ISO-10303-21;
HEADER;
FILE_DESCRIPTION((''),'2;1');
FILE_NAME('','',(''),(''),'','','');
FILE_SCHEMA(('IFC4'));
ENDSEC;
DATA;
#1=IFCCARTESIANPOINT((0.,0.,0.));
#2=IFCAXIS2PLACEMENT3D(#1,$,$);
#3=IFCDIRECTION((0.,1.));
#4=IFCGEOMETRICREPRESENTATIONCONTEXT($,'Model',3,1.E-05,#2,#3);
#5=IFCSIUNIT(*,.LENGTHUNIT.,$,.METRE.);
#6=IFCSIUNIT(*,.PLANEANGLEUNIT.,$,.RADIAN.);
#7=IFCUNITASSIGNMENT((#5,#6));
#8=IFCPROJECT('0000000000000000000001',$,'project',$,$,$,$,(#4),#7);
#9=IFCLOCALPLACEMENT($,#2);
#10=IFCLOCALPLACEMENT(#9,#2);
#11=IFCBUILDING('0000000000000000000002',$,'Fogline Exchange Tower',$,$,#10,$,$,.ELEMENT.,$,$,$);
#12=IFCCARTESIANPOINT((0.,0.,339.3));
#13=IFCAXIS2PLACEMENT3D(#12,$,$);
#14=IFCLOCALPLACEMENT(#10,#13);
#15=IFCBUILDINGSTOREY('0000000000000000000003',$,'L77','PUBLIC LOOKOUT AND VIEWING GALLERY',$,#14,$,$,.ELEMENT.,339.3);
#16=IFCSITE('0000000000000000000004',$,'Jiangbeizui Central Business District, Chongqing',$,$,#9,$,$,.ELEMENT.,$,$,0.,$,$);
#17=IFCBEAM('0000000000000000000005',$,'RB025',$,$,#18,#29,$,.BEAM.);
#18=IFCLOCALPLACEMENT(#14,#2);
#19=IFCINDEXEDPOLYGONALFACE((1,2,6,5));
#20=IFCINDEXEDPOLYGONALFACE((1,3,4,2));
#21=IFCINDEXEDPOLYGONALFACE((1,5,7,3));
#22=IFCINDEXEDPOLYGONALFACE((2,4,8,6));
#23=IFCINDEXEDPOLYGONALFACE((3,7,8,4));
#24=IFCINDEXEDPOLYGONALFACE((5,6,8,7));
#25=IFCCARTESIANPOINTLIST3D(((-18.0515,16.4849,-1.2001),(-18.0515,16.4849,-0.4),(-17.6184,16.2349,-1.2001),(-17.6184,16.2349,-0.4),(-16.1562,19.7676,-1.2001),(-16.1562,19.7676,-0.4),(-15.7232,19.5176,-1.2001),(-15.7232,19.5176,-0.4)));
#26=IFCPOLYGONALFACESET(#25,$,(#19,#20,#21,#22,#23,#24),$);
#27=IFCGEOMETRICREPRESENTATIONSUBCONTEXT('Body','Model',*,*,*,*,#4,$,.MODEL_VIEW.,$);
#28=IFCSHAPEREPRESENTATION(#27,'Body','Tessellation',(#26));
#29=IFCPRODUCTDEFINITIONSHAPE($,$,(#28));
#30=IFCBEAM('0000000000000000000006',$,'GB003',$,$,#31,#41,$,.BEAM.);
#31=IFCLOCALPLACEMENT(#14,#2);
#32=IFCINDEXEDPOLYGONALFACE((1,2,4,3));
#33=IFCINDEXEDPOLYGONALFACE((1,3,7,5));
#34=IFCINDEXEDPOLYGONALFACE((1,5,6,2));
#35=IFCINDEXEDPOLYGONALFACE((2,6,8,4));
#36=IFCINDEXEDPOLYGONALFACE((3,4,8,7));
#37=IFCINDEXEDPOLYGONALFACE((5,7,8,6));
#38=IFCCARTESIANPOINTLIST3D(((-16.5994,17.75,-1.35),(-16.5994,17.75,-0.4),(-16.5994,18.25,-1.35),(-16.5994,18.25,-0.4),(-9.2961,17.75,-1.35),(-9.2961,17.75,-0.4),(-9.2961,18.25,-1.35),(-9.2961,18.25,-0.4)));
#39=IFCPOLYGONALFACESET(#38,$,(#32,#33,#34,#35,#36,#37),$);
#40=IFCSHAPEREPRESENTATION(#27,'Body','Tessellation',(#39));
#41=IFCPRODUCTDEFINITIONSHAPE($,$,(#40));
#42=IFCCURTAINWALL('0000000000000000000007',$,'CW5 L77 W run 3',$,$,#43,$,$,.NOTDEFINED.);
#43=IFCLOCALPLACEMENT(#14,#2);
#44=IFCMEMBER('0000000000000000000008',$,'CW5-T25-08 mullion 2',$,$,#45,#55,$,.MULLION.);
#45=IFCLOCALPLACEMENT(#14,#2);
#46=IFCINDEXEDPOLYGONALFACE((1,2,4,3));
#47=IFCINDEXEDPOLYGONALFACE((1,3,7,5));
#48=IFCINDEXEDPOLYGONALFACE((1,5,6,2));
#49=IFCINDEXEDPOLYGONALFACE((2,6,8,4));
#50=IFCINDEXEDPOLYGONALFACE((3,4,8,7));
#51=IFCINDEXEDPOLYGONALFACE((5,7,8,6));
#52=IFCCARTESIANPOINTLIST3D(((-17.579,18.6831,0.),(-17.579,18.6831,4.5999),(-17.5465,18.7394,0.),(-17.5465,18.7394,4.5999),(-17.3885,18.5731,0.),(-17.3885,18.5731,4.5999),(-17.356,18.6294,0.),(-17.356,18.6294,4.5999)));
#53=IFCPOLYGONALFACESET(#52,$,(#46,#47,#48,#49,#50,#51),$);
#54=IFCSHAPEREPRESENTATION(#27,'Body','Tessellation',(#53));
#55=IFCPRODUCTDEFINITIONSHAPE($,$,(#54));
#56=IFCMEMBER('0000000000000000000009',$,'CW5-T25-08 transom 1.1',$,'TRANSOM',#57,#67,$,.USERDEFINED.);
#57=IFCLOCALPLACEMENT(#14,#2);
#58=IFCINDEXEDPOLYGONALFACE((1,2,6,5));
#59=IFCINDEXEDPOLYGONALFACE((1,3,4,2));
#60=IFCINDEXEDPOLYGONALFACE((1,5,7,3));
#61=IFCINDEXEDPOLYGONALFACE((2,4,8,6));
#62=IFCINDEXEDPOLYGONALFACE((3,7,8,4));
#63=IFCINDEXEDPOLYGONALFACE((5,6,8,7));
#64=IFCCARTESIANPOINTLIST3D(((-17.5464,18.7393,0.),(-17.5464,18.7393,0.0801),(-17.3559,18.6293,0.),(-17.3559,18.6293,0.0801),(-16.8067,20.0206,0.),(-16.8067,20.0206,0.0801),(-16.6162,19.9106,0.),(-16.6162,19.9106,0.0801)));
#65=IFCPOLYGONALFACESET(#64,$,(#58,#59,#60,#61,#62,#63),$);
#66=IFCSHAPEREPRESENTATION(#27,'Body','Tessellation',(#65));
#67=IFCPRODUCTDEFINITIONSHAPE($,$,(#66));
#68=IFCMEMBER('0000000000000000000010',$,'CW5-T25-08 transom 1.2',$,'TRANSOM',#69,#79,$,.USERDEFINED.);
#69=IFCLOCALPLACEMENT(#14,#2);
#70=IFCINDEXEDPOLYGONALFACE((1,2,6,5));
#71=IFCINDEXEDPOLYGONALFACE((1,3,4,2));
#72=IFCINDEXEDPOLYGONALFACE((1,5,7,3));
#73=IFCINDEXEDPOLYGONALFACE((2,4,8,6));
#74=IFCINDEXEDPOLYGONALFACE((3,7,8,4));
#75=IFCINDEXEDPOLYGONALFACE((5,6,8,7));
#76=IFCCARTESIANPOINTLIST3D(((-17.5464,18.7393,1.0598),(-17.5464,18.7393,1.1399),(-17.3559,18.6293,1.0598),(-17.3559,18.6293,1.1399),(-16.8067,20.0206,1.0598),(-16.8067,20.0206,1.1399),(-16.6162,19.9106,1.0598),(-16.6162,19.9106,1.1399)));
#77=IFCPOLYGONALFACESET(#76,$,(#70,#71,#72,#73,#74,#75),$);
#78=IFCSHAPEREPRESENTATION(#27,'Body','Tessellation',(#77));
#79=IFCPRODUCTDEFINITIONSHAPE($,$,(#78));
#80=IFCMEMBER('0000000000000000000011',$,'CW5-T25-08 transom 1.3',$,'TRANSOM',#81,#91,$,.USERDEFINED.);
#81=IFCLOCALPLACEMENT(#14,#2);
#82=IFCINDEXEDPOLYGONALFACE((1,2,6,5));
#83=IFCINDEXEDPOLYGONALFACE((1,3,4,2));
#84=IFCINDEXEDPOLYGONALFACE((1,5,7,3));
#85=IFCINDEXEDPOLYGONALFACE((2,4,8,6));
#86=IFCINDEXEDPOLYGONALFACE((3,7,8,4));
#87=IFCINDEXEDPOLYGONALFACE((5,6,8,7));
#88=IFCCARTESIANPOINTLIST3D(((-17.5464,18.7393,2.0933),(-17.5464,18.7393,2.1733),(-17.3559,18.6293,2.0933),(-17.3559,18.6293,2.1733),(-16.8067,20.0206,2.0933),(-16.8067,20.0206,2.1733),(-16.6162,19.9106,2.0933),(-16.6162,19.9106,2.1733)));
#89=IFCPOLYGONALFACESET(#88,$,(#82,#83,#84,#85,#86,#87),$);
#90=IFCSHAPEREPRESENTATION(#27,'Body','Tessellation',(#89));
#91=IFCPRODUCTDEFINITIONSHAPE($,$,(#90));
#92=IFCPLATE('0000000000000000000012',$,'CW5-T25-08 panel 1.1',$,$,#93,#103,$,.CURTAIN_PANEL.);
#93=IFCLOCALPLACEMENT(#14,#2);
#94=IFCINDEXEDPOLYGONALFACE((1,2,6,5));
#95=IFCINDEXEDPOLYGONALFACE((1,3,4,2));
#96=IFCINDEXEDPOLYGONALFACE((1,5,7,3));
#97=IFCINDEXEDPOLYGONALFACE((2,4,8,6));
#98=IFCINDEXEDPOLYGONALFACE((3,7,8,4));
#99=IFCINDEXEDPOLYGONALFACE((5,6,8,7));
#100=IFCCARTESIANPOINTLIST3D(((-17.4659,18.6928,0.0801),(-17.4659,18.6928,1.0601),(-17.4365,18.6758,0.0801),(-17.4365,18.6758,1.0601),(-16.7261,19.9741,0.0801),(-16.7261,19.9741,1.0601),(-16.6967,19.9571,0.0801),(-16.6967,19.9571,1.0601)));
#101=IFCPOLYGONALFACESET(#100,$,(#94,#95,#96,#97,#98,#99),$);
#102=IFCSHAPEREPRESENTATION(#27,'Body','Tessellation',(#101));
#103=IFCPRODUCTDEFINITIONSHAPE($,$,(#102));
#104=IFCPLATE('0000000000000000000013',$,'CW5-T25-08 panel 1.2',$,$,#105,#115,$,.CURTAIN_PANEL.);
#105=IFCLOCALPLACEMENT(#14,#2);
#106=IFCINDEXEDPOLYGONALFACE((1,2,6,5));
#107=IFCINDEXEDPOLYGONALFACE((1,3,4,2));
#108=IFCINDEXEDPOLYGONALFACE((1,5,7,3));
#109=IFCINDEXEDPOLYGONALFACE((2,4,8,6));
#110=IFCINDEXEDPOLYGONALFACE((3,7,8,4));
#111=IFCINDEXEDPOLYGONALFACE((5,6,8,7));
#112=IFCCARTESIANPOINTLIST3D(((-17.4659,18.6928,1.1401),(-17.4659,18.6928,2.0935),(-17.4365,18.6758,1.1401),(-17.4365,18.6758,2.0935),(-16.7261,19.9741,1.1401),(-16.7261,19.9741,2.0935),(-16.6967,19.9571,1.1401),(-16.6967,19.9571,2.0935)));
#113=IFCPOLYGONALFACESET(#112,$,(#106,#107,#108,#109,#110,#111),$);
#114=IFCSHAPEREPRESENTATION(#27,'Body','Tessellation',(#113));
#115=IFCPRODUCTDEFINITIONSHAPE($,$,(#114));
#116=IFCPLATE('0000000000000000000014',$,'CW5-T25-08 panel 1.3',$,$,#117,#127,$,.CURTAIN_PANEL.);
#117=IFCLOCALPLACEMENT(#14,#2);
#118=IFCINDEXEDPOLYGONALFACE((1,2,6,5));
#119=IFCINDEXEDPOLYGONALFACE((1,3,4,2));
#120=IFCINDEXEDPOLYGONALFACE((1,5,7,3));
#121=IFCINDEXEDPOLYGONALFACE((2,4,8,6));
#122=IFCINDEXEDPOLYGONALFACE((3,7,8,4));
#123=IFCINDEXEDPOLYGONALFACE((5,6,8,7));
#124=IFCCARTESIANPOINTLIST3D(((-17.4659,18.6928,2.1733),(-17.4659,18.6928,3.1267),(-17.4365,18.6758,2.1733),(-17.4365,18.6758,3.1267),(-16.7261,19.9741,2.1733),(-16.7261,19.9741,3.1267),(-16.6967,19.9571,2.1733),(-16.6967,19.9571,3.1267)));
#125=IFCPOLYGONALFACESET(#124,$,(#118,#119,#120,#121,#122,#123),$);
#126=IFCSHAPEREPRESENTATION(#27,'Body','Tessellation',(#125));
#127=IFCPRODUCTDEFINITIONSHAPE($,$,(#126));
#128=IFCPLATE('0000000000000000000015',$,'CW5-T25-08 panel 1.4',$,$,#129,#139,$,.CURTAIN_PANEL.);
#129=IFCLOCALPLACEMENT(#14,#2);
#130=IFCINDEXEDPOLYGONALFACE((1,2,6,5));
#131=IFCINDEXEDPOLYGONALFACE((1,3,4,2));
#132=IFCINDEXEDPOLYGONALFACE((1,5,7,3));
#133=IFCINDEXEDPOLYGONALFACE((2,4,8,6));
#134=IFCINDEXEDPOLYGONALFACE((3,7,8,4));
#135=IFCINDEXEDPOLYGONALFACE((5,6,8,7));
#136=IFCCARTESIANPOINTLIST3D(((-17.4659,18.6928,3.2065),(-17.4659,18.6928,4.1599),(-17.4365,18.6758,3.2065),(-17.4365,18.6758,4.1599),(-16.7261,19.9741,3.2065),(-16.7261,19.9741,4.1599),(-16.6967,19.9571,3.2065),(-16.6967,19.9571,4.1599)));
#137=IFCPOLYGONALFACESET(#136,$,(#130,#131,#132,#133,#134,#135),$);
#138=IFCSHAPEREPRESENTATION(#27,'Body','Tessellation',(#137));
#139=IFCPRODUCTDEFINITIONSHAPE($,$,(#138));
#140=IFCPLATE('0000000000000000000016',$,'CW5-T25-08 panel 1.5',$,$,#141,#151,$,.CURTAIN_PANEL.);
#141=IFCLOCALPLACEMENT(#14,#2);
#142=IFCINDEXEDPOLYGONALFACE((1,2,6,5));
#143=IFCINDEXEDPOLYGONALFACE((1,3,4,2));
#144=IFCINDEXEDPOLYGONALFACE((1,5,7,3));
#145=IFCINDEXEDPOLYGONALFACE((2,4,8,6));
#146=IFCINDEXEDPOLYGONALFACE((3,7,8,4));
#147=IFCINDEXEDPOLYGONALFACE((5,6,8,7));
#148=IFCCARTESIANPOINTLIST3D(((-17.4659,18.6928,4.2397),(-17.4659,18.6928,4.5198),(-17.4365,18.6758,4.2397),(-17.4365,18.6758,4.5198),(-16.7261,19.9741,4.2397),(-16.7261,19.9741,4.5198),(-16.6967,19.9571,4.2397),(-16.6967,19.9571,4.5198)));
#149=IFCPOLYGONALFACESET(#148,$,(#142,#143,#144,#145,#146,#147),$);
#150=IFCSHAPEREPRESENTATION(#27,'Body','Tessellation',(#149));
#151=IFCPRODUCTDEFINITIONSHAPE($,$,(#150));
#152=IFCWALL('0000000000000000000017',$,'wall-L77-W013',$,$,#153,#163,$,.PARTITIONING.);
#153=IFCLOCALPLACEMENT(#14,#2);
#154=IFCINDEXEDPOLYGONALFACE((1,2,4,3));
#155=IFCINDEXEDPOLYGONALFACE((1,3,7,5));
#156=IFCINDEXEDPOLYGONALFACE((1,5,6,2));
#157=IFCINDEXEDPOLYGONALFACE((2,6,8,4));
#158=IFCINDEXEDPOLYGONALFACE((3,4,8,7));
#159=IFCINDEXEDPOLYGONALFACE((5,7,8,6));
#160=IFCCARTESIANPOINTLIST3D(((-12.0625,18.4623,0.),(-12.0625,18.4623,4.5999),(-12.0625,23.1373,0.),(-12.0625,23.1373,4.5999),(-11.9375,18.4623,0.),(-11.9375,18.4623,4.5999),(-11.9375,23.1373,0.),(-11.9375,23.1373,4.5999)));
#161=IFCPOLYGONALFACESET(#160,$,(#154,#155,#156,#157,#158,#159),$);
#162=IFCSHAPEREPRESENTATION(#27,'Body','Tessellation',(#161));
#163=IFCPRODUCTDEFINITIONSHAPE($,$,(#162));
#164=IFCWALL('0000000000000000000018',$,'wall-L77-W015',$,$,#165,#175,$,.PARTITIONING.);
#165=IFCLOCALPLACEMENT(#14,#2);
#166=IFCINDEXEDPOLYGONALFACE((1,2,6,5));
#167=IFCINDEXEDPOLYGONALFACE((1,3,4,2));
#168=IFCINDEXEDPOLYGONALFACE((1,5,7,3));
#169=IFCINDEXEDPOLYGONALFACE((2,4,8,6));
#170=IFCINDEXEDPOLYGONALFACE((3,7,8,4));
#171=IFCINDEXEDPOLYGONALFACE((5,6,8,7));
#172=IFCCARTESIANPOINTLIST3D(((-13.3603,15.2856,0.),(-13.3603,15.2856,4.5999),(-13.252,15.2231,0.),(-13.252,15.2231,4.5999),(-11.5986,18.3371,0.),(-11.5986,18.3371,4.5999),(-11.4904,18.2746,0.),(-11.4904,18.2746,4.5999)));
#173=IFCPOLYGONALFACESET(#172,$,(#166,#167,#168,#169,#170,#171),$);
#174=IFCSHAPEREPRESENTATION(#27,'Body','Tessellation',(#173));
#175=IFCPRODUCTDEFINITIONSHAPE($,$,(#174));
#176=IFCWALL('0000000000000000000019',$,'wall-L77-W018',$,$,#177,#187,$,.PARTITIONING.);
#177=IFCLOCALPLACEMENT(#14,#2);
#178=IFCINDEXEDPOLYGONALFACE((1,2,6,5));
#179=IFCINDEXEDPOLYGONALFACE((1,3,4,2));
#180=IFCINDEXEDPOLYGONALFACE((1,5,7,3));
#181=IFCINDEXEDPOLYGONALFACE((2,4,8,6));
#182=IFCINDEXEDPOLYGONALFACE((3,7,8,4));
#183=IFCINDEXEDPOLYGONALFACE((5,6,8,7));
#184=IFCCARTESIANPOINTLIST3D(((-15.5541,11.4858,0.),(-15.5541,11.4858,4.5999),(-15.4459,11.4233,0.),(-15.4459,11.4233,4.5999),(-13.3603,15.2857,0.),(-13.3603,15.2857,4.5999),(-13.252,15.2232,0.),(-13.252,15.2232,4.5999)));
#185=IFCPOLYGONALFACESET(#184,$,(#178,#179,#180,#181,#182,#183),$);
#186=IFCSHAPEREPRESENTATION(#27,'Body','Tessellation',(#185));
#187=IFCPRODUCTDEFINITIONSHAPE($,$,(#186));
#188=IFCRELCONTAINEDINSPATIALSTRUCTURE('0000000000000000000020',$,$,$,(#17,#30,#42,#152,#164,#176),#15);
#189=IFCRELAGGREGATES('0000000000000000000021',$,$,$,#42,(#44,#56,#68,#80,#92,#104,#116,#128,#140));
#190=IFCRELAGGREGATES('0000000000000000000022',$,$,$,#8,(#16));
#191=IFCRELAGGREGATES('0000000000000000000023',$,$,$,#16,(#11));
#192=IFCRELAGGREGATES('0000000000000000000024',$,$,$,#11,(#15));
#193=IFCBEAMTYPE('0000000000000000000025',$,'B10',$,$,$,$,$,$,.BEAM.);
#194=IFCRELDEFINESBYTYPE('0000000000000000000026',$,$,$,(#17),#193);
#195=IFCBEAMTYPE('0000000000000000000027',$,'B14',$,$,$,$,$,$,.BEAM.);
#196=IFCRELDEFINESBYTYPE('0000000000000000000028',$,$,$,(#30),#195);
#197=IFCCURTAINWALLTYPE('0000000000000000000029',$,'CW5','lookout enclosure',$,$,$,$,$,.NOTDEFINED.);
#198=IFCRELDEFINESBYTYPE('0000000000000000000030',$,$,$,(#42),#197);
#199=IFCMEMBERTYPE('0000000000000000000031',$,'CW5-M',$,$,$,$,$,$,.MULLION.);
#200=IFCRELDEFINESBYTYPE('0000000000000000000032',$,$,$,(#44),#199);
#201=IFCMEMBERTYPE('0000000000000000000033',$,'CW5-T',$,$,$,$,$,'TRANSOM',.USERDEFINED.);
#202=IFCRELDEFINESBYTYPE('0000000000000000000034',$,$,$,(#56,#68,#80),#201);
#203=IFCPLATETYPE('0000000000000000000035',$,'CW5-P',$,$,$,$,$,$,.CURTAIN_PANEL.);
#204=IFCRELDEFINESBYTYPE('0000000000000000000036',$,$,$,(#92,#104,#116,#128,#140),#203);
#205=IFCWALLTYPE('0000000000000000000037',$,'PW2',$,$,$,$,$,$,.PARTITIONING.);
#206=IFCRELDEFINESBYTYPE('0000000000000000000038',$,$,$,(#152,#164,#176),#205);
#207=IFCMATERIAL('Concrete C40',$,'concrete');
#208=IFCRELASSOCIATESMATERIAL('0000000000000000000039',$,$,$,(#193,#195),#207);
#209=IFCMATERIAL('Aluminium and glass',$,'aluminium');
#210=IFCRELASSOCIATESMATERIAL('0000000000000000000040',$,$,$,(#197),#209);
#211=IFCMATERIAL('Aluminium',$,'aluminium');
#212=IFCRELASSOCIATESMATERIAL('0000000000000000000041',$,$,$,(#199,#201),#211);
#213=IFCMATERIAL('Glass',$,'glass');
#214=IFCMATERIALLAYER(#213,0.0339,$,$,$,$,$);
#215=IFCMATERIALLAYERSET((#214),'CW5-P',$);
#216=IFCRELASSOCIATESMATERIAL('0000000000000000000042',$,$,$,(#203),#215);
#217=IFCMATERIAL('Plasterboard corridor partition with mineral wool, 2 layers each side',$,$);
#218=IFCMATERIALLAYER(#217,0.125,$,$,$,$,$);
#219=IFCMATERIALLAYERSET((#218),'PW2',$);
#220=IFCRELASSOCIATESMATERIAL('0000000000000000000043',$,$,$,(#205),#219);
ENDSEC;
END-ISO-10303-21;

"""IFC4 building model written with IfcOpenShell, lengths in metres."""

from ifc_helpers import new_model, si_unit, direction, frame, frame_2d, origin, origin_2d, place, context, subcontext, project, spatial, rectangle, extrude, material, layer, layer_set, material_profile, profile_set, type_object, element, aggregate, save


model = new_model("IFC4")

# Units and contexts
model_context = context("Model", 3, precision=1e-05, world=origin(), true_north=direction((0.0, 1.0)))
body_context = subcontext(model_context, "Body", "Model", "MODEL_VIEW")
ifc_project = project(units=[si_unit("LENGTHUNIT", "METRE"), si_unit("PLANEANGLEUNIT", "RADIAN")], contexts=[model_context])

# Site, building, storey
site_placement = place(None, origin())
site = spatial("IfcSite", under=ifc_project, at=site_placement, Name="Jiangbeizui Central Business District, Chongqing", CompositionType="ELEMENT", RefElevation=0.0)
building_placement = place(site_placement, origin())
building = spatial("IfcBuilding", under=site, at=building_placement, Name="Fogline Exchange Tower", CompositionType="ELEMENT")
storey_placement = place(building_placement, frame((0.0, 0.0, 339.3)))
storey = spatial("IfcBuildingStorey", under=building, at=storey_placement, Name="L77", Description="PUBLIC LOOKOUT AND VIEWING GALLERY", CompositionType="ELEMENT", Elevation=339.3)

# Beams
ifc_material_1 = material(Name="Concrete C40", Category="concrete")
ifc_material_profile_1 = material_profile(ifc_material_1, rectangle(XDim=0.5, YDim=0.8, at=origin_2d()), Name="RC 500x800")
ifc_profile_set_1 = profile_set([ifc_material_profile_1], Name="Concrete C40")
beam_type_1 = type_object("IfcBeamType", Name="B10", PredefinedType="BEAM", material=ifc_profile_set_1)
beam_1_placement = place(storey_placement, frame((-15.9397, 19.6426, -0.8), z_axis=(-0.499998, -0.866027, 0.0), x_axis=(0.866027, -0.499998, 0.0)))
element("IfcBeam", 1, at=beam_1_placement, inside=storey, type_object=beam_type_1, Name="RB025", PredefinedType="BEAM", context=body_context, shape_type="SweptSolid", body=[
    extrude(rectangle(XDim=0.5, YDim=0.8, at=origin_2d()), origin(), (0.0, 0.0, 1.0), 3.7905),
])
ifc_material_profile_2 = material_profile(ifc_material_1, rectangle(XDim=0.5, YDim=0.95, at=origin_2d()), Name="RC 500x950")
ifc_profile_set_2 = profile_set([ifc_material_profile_2], Name="Concrete C40")
beam_type_2 = type_object("IfcBeamType", Name="B14", PredefinedType="BEAM", material=ifc_profile_set_2)
beam_2_placement = place(storey_placement, frame((-16.5994, 18.0, -0.875), z_axis=(1.0, 0.0, 0.0), x_axis=(0.0, 1.0, 0.0)))
element("IfcBeam", 2, at=beam_2_placement, inside=storey, type_object=beam_type_2, Name="GB003", PredefinedType="BEAM", context=body_context, shape_type="SweptSolid", body=[
    extrude(rectangle(XDim=0.5, YDim=0.95, at=origin_2d()), origin(), (0.0, 0.0, 1.0), 7.3032),
])

# Curtain wall, members, plates
ifc_material_2 = material(Name="Aluminium and glass", Category="aluminium")
curtain_wall_type = type_object("IfcCurtainWallType", Name="CW5", Description="lookout enclosure", PredefinedType="NOTDEFINED", material=ifc_material_2)
curtain_wall_placement = place(storey_placement, origin())
curtain_wall = element("IfcCurtainWall", 3, at=curtain_wall_placement, inside=storey, type_object=curtain_wall_type, Name="CW5 L77 W run 3", PredefinedType="NOTDEFINED")
ifc_material_3 = material(Name="Aluminium", Category="aluminium")
ifc_material_profile_3 = material_profile(ifc_material_3, rectangle(XDim=0.22, YDim=0.0649, at=origin_2d()), Name="Mullion 65x220")
ifc_profile_set_3 = profile_set([ifc_material_profile_3], Name="Aluminium")
member_type_1 = type_object("IfcMemberType", Name="CW5-M", PredefinedType="MULLION", material=ifc_profile_set_3)
member_1_placement = place(storey_placement, frame((-17.4675, 18.6562, 0.0), z_axis=(0.0, 0.0, 1.0), x_axis=(0.866025, -0.5, 0.0)))
member_1 = element("IfcMember", 4, at=member_1_placement, type_object=member_type_1, Name="CW5-T25-08 mullion 2", PredefinedType="MULLION", context=body_context, shape_type="SweptSolid", body=[
    extrude(rectangle(XDim=0.22, YDim=0.0649, at=origin_2d()), origin(), (0.0, 0.0, 1.0), 4.5999),
])
ifc_material_profile_4 = material_profile(ifc_material_3, rectangle(XDim=0.22, YDim=0.0801, at=origin_2d()), Name="Transom 80x220")
ifc_profile_set_4 = profile_set([ifc_material_profile_4], Name="Aluminium")
member_type_2 = type_object("IfcMemberType", Name="CW5-T", ElementType="TRANSOM", PredefinedType="USERDEFINED", material=ifc_profile_set_4)
member_2_placement = place(storey_placement, frame((-16.7114, 19.9656, 0.04), z_axis=(-0.500008, -0.866021, 0.0), x_axis=(0.866021, -0.500008, 0.0)))
member_2 = element("IfcMember", 5, at=member_2_placement, type_object=member_type_2, Name="CW5-T25-08 transom 1.1", ObjectType="TRANSOM", PredefinedType="USERDEFINED", context=body_context, shape_type="SweptSolid", body=[
    extrude(rectangle(XDim=0.22, YDim=0.0801, at=origin_2d()), origin(), (0.0, 0.0, 1.0), 1.4795),
])
member_3_placement = place(storey_placement, frame((-16.7114, 19.9656, 1.0999), z_axis=(-0.500008, -0.866021, 0.0), x_axis=(0.866021, -0.500008, 0.0)))
member_3 = element("IfcMember", 6, at=member_3_placement, type_object=member_type_2, Name="CW5-T25-08 transom 1.2", ObjectType="TRANSOM", PredefinedType="USERDEFINED", context=body_context, shape_type="SweptSolid", body=[
    extrude(rectangle(XDim=0.22, YDim=0.0801, at=origin_2d()), origin(), (0.0, 0.0, 1.0), 1.4795),
])
member_4_placement = place(storey_placement, frame((-16.7114, 19.9656, 2.1333), z_axis=(-0.500008, -0.866021, 0.0), x_axis=(0.866021, -0.500008, 0.0)))
member_4 = element("IfcMember", 7, at=member_4_placement, type_object=member_type_2, Name="CW5-T25-08 transom 1.3", ObjectType="TRANSOM", PredefinedType="USERDEFINED", context=body_context, shape_type="SweptSolid", body=[
    extrude(rectangle(XDim=0.22, YDim=0.0801, at=origin_2d()), origin(), (0.0, 0.0, 1.0), 1.4795),
])
ifc_material_4 = material(Name="Glass", Category="glass")
ifc_layer_1 = layer(ifc_material_4, 0.0339)
ifc_layer_set_1 = layer_set([ifc_layer_1], Name="CW5-P")
plate_type = type_object("IfcPlateType", Name="CW5-P", PredefinedType="CURTAIN_PANEL", material=ifc_layer_set_1)
plate_1_placement = place(storey_placement, frame((-17.0813, 19.325, 0.0801), z_axis=(0.0, 0.0, 1.0), x_axis=(-0.5, -0.866025, 0.0)))
plate_1 = element("IfcPlate", 8, at=plate_1_placement, type_object=plate_type, Name="CW5-T25-08 panel 1.1", PredefinedType="CURTAIN_PANEL", context=body_context, shape_type="SweptSolid", body=[
    extrude(rectangle(XDim=1.4795, YDim=0.0339, at=origin_2d()), origin(), (0.0, 0.0, 1.0), 0.98),
])
plate_2_placement = place(storey_placement, frame((-17.0813, 19.325, 1.1401), z_axis=(0.0, 0.0, 1.0), x_axis=(-0.5, -0.866025, 0.0)))
plate_2 = element("IfcPlate", 9, at=plate_2_placement, type_object=plate_type, Name="CW5-T25-08 panel 1.2", PredefinedType="CURTAIN_PANEL", context=body_context, shape_type="SweptSolid", body=[
    extrude(rectangle(XDim=1.4795, YDim=0.0339, at=origin_2d()), origin(), (0.0, 0.0, 1.0), 0.9534),
])
plate_3_placement = place(storey_placement, frame((-17.0813, 19.325, 2.1733), z_axis=(0.0, 0.0, 1.0), x_axis=(-0.5, -0.866025, 0.0)))
plate_3 = element("IfcPlate", 10, at=plate_3_placement, type_object=plate_type, Name="CW5-T25-08 panel 1.3", PredefinedType="CURTAIN_PANEL", context=body_context, shape_type="SweptSolid", body=[
    extrude(rectangle(XDim=1.4795, YDim=0.0339, at=origin_2d()), origin(), (0.0, 0.0, 1.0), 0.9534),
])
plate_4_placement = place(storey_placement, frame((-17.0813, 19.325, 3.2065), z_axis=(0.0, 0.0, 1.0), x_axis=(-0.5, -0.866025, 0.0)))
plate_4 = element("IfcPlate", 11, at=plate_4_placement, type_object=plate_type, Name="CW5-T25-08 panel 1.4", PredefinedType="CURTAIN_PANEL", context=body_context, shape_type="SweptSolid", body=[
    extrude(rectangle(XDim=1.4795, YDim=0.0339, at=origin_2d()), origin(), (0.0, 0.0, 1.0), 0.9534),
])
plate_5_placement = place(storey_placement, frame((-17.0813, 19.325, 4.2397), z_axis=(0.0, 0.0, 1.0), x_axis=(-0.5, -0.866025, 0.0)))
plate_5 = element("IfcPlate", 12, at=plate_5_placement, type_object=plate_type, Name="CW5-T25-08 panel 1.5", PredefinedType="CURTAIN_PANEL", context=body_context, shape_type="SweptSolid", body=[
    extrude(rectangle(XDim=1.4795, YDim=0.0339, at=origin_2d()), origin(), (0.0, 0.0, 1.0), 0.28),
])
aggregate(curtain_wall, [member_1, member_2, member_3, member_4, plate_1, plate_2, plate_3, plate_4, plate_5])

# Walls
ifc_material_5 = material(Name="Plasterboard corridor partition with mineral wool, 2 layers each side")
ifc_layer_2 = layer(ifc_material_5, 0.125)
ifc_layer_set_2 = layer_set([ifc_layer_2], Name="PW2")
wall_type_1 = type_object("IfcWallType", Name="PW2", PredefinedType="PARTITIONING", material=ifc_layer_set_2)
wall_1_placement = place(storey_placement, frame((-12.0, 18.4624, 0.0), z_axis=(0.0, 0.0, 1.0), x_axis=(0.0, 1.0, 0.0)))
element("IfcWall", 13, at=wall_1_placement, inside=storey, type_object=wall_type_1, Name="wall-L77-W013", PredefinedType="PARTITIONING", context=body_context, shape_type="SweptSolid", body=[
    extrude(rectangle(XDim=4.675, YDim=0.125, at=frame_2d((2.3374, 0.0))), origin(), (0.0, 0.0, 1.0), 4.5999),
])
wall_2_placement = place(storey_placement, frame((-13.3062, 15.2544, 0.0), z_axis=(0.0, 0.0, 1.0), x_axis=(0.499984, 0.866034, 0.0)))
element("IfcWall", 14, at=wall_2_placement, inside=storey, type_object=wall_type_1, Name="wall-L77-W015", PredefinedType="PARTITIONING", context=body_context, shape_type="SweptSolid", body=[
    extrude(rectangle(XDim=3.5234, YDim=0.125, at=frame_2d((1.7617, 0.0))), origin(), (0.0, 0.0, 1.0), 4.5999),
])
wall_3_placement = place(storey_placement, frame((-15.5, 11.4546, 0.0), z_axis=(0.0, 0.0, 1.0), x_axis=(0.500005, 0.866023, 0.0)))
element("IfcWall", 15, at=wall_3_placement, inside=storey, type_object=wall_type_1, Name="wall-L77-W018", PredefinedType="PARTITIONING", context=body_context, shape_type="SweptSolid", body=[
    extrude(rectangle(XDim=4.3877, YDim=0.125, at=frame_2d((2.1938, 0.0))), origin(), (0.0, 0.0, 1.0), 4.5999),
])

save(model, "model.ifc")
